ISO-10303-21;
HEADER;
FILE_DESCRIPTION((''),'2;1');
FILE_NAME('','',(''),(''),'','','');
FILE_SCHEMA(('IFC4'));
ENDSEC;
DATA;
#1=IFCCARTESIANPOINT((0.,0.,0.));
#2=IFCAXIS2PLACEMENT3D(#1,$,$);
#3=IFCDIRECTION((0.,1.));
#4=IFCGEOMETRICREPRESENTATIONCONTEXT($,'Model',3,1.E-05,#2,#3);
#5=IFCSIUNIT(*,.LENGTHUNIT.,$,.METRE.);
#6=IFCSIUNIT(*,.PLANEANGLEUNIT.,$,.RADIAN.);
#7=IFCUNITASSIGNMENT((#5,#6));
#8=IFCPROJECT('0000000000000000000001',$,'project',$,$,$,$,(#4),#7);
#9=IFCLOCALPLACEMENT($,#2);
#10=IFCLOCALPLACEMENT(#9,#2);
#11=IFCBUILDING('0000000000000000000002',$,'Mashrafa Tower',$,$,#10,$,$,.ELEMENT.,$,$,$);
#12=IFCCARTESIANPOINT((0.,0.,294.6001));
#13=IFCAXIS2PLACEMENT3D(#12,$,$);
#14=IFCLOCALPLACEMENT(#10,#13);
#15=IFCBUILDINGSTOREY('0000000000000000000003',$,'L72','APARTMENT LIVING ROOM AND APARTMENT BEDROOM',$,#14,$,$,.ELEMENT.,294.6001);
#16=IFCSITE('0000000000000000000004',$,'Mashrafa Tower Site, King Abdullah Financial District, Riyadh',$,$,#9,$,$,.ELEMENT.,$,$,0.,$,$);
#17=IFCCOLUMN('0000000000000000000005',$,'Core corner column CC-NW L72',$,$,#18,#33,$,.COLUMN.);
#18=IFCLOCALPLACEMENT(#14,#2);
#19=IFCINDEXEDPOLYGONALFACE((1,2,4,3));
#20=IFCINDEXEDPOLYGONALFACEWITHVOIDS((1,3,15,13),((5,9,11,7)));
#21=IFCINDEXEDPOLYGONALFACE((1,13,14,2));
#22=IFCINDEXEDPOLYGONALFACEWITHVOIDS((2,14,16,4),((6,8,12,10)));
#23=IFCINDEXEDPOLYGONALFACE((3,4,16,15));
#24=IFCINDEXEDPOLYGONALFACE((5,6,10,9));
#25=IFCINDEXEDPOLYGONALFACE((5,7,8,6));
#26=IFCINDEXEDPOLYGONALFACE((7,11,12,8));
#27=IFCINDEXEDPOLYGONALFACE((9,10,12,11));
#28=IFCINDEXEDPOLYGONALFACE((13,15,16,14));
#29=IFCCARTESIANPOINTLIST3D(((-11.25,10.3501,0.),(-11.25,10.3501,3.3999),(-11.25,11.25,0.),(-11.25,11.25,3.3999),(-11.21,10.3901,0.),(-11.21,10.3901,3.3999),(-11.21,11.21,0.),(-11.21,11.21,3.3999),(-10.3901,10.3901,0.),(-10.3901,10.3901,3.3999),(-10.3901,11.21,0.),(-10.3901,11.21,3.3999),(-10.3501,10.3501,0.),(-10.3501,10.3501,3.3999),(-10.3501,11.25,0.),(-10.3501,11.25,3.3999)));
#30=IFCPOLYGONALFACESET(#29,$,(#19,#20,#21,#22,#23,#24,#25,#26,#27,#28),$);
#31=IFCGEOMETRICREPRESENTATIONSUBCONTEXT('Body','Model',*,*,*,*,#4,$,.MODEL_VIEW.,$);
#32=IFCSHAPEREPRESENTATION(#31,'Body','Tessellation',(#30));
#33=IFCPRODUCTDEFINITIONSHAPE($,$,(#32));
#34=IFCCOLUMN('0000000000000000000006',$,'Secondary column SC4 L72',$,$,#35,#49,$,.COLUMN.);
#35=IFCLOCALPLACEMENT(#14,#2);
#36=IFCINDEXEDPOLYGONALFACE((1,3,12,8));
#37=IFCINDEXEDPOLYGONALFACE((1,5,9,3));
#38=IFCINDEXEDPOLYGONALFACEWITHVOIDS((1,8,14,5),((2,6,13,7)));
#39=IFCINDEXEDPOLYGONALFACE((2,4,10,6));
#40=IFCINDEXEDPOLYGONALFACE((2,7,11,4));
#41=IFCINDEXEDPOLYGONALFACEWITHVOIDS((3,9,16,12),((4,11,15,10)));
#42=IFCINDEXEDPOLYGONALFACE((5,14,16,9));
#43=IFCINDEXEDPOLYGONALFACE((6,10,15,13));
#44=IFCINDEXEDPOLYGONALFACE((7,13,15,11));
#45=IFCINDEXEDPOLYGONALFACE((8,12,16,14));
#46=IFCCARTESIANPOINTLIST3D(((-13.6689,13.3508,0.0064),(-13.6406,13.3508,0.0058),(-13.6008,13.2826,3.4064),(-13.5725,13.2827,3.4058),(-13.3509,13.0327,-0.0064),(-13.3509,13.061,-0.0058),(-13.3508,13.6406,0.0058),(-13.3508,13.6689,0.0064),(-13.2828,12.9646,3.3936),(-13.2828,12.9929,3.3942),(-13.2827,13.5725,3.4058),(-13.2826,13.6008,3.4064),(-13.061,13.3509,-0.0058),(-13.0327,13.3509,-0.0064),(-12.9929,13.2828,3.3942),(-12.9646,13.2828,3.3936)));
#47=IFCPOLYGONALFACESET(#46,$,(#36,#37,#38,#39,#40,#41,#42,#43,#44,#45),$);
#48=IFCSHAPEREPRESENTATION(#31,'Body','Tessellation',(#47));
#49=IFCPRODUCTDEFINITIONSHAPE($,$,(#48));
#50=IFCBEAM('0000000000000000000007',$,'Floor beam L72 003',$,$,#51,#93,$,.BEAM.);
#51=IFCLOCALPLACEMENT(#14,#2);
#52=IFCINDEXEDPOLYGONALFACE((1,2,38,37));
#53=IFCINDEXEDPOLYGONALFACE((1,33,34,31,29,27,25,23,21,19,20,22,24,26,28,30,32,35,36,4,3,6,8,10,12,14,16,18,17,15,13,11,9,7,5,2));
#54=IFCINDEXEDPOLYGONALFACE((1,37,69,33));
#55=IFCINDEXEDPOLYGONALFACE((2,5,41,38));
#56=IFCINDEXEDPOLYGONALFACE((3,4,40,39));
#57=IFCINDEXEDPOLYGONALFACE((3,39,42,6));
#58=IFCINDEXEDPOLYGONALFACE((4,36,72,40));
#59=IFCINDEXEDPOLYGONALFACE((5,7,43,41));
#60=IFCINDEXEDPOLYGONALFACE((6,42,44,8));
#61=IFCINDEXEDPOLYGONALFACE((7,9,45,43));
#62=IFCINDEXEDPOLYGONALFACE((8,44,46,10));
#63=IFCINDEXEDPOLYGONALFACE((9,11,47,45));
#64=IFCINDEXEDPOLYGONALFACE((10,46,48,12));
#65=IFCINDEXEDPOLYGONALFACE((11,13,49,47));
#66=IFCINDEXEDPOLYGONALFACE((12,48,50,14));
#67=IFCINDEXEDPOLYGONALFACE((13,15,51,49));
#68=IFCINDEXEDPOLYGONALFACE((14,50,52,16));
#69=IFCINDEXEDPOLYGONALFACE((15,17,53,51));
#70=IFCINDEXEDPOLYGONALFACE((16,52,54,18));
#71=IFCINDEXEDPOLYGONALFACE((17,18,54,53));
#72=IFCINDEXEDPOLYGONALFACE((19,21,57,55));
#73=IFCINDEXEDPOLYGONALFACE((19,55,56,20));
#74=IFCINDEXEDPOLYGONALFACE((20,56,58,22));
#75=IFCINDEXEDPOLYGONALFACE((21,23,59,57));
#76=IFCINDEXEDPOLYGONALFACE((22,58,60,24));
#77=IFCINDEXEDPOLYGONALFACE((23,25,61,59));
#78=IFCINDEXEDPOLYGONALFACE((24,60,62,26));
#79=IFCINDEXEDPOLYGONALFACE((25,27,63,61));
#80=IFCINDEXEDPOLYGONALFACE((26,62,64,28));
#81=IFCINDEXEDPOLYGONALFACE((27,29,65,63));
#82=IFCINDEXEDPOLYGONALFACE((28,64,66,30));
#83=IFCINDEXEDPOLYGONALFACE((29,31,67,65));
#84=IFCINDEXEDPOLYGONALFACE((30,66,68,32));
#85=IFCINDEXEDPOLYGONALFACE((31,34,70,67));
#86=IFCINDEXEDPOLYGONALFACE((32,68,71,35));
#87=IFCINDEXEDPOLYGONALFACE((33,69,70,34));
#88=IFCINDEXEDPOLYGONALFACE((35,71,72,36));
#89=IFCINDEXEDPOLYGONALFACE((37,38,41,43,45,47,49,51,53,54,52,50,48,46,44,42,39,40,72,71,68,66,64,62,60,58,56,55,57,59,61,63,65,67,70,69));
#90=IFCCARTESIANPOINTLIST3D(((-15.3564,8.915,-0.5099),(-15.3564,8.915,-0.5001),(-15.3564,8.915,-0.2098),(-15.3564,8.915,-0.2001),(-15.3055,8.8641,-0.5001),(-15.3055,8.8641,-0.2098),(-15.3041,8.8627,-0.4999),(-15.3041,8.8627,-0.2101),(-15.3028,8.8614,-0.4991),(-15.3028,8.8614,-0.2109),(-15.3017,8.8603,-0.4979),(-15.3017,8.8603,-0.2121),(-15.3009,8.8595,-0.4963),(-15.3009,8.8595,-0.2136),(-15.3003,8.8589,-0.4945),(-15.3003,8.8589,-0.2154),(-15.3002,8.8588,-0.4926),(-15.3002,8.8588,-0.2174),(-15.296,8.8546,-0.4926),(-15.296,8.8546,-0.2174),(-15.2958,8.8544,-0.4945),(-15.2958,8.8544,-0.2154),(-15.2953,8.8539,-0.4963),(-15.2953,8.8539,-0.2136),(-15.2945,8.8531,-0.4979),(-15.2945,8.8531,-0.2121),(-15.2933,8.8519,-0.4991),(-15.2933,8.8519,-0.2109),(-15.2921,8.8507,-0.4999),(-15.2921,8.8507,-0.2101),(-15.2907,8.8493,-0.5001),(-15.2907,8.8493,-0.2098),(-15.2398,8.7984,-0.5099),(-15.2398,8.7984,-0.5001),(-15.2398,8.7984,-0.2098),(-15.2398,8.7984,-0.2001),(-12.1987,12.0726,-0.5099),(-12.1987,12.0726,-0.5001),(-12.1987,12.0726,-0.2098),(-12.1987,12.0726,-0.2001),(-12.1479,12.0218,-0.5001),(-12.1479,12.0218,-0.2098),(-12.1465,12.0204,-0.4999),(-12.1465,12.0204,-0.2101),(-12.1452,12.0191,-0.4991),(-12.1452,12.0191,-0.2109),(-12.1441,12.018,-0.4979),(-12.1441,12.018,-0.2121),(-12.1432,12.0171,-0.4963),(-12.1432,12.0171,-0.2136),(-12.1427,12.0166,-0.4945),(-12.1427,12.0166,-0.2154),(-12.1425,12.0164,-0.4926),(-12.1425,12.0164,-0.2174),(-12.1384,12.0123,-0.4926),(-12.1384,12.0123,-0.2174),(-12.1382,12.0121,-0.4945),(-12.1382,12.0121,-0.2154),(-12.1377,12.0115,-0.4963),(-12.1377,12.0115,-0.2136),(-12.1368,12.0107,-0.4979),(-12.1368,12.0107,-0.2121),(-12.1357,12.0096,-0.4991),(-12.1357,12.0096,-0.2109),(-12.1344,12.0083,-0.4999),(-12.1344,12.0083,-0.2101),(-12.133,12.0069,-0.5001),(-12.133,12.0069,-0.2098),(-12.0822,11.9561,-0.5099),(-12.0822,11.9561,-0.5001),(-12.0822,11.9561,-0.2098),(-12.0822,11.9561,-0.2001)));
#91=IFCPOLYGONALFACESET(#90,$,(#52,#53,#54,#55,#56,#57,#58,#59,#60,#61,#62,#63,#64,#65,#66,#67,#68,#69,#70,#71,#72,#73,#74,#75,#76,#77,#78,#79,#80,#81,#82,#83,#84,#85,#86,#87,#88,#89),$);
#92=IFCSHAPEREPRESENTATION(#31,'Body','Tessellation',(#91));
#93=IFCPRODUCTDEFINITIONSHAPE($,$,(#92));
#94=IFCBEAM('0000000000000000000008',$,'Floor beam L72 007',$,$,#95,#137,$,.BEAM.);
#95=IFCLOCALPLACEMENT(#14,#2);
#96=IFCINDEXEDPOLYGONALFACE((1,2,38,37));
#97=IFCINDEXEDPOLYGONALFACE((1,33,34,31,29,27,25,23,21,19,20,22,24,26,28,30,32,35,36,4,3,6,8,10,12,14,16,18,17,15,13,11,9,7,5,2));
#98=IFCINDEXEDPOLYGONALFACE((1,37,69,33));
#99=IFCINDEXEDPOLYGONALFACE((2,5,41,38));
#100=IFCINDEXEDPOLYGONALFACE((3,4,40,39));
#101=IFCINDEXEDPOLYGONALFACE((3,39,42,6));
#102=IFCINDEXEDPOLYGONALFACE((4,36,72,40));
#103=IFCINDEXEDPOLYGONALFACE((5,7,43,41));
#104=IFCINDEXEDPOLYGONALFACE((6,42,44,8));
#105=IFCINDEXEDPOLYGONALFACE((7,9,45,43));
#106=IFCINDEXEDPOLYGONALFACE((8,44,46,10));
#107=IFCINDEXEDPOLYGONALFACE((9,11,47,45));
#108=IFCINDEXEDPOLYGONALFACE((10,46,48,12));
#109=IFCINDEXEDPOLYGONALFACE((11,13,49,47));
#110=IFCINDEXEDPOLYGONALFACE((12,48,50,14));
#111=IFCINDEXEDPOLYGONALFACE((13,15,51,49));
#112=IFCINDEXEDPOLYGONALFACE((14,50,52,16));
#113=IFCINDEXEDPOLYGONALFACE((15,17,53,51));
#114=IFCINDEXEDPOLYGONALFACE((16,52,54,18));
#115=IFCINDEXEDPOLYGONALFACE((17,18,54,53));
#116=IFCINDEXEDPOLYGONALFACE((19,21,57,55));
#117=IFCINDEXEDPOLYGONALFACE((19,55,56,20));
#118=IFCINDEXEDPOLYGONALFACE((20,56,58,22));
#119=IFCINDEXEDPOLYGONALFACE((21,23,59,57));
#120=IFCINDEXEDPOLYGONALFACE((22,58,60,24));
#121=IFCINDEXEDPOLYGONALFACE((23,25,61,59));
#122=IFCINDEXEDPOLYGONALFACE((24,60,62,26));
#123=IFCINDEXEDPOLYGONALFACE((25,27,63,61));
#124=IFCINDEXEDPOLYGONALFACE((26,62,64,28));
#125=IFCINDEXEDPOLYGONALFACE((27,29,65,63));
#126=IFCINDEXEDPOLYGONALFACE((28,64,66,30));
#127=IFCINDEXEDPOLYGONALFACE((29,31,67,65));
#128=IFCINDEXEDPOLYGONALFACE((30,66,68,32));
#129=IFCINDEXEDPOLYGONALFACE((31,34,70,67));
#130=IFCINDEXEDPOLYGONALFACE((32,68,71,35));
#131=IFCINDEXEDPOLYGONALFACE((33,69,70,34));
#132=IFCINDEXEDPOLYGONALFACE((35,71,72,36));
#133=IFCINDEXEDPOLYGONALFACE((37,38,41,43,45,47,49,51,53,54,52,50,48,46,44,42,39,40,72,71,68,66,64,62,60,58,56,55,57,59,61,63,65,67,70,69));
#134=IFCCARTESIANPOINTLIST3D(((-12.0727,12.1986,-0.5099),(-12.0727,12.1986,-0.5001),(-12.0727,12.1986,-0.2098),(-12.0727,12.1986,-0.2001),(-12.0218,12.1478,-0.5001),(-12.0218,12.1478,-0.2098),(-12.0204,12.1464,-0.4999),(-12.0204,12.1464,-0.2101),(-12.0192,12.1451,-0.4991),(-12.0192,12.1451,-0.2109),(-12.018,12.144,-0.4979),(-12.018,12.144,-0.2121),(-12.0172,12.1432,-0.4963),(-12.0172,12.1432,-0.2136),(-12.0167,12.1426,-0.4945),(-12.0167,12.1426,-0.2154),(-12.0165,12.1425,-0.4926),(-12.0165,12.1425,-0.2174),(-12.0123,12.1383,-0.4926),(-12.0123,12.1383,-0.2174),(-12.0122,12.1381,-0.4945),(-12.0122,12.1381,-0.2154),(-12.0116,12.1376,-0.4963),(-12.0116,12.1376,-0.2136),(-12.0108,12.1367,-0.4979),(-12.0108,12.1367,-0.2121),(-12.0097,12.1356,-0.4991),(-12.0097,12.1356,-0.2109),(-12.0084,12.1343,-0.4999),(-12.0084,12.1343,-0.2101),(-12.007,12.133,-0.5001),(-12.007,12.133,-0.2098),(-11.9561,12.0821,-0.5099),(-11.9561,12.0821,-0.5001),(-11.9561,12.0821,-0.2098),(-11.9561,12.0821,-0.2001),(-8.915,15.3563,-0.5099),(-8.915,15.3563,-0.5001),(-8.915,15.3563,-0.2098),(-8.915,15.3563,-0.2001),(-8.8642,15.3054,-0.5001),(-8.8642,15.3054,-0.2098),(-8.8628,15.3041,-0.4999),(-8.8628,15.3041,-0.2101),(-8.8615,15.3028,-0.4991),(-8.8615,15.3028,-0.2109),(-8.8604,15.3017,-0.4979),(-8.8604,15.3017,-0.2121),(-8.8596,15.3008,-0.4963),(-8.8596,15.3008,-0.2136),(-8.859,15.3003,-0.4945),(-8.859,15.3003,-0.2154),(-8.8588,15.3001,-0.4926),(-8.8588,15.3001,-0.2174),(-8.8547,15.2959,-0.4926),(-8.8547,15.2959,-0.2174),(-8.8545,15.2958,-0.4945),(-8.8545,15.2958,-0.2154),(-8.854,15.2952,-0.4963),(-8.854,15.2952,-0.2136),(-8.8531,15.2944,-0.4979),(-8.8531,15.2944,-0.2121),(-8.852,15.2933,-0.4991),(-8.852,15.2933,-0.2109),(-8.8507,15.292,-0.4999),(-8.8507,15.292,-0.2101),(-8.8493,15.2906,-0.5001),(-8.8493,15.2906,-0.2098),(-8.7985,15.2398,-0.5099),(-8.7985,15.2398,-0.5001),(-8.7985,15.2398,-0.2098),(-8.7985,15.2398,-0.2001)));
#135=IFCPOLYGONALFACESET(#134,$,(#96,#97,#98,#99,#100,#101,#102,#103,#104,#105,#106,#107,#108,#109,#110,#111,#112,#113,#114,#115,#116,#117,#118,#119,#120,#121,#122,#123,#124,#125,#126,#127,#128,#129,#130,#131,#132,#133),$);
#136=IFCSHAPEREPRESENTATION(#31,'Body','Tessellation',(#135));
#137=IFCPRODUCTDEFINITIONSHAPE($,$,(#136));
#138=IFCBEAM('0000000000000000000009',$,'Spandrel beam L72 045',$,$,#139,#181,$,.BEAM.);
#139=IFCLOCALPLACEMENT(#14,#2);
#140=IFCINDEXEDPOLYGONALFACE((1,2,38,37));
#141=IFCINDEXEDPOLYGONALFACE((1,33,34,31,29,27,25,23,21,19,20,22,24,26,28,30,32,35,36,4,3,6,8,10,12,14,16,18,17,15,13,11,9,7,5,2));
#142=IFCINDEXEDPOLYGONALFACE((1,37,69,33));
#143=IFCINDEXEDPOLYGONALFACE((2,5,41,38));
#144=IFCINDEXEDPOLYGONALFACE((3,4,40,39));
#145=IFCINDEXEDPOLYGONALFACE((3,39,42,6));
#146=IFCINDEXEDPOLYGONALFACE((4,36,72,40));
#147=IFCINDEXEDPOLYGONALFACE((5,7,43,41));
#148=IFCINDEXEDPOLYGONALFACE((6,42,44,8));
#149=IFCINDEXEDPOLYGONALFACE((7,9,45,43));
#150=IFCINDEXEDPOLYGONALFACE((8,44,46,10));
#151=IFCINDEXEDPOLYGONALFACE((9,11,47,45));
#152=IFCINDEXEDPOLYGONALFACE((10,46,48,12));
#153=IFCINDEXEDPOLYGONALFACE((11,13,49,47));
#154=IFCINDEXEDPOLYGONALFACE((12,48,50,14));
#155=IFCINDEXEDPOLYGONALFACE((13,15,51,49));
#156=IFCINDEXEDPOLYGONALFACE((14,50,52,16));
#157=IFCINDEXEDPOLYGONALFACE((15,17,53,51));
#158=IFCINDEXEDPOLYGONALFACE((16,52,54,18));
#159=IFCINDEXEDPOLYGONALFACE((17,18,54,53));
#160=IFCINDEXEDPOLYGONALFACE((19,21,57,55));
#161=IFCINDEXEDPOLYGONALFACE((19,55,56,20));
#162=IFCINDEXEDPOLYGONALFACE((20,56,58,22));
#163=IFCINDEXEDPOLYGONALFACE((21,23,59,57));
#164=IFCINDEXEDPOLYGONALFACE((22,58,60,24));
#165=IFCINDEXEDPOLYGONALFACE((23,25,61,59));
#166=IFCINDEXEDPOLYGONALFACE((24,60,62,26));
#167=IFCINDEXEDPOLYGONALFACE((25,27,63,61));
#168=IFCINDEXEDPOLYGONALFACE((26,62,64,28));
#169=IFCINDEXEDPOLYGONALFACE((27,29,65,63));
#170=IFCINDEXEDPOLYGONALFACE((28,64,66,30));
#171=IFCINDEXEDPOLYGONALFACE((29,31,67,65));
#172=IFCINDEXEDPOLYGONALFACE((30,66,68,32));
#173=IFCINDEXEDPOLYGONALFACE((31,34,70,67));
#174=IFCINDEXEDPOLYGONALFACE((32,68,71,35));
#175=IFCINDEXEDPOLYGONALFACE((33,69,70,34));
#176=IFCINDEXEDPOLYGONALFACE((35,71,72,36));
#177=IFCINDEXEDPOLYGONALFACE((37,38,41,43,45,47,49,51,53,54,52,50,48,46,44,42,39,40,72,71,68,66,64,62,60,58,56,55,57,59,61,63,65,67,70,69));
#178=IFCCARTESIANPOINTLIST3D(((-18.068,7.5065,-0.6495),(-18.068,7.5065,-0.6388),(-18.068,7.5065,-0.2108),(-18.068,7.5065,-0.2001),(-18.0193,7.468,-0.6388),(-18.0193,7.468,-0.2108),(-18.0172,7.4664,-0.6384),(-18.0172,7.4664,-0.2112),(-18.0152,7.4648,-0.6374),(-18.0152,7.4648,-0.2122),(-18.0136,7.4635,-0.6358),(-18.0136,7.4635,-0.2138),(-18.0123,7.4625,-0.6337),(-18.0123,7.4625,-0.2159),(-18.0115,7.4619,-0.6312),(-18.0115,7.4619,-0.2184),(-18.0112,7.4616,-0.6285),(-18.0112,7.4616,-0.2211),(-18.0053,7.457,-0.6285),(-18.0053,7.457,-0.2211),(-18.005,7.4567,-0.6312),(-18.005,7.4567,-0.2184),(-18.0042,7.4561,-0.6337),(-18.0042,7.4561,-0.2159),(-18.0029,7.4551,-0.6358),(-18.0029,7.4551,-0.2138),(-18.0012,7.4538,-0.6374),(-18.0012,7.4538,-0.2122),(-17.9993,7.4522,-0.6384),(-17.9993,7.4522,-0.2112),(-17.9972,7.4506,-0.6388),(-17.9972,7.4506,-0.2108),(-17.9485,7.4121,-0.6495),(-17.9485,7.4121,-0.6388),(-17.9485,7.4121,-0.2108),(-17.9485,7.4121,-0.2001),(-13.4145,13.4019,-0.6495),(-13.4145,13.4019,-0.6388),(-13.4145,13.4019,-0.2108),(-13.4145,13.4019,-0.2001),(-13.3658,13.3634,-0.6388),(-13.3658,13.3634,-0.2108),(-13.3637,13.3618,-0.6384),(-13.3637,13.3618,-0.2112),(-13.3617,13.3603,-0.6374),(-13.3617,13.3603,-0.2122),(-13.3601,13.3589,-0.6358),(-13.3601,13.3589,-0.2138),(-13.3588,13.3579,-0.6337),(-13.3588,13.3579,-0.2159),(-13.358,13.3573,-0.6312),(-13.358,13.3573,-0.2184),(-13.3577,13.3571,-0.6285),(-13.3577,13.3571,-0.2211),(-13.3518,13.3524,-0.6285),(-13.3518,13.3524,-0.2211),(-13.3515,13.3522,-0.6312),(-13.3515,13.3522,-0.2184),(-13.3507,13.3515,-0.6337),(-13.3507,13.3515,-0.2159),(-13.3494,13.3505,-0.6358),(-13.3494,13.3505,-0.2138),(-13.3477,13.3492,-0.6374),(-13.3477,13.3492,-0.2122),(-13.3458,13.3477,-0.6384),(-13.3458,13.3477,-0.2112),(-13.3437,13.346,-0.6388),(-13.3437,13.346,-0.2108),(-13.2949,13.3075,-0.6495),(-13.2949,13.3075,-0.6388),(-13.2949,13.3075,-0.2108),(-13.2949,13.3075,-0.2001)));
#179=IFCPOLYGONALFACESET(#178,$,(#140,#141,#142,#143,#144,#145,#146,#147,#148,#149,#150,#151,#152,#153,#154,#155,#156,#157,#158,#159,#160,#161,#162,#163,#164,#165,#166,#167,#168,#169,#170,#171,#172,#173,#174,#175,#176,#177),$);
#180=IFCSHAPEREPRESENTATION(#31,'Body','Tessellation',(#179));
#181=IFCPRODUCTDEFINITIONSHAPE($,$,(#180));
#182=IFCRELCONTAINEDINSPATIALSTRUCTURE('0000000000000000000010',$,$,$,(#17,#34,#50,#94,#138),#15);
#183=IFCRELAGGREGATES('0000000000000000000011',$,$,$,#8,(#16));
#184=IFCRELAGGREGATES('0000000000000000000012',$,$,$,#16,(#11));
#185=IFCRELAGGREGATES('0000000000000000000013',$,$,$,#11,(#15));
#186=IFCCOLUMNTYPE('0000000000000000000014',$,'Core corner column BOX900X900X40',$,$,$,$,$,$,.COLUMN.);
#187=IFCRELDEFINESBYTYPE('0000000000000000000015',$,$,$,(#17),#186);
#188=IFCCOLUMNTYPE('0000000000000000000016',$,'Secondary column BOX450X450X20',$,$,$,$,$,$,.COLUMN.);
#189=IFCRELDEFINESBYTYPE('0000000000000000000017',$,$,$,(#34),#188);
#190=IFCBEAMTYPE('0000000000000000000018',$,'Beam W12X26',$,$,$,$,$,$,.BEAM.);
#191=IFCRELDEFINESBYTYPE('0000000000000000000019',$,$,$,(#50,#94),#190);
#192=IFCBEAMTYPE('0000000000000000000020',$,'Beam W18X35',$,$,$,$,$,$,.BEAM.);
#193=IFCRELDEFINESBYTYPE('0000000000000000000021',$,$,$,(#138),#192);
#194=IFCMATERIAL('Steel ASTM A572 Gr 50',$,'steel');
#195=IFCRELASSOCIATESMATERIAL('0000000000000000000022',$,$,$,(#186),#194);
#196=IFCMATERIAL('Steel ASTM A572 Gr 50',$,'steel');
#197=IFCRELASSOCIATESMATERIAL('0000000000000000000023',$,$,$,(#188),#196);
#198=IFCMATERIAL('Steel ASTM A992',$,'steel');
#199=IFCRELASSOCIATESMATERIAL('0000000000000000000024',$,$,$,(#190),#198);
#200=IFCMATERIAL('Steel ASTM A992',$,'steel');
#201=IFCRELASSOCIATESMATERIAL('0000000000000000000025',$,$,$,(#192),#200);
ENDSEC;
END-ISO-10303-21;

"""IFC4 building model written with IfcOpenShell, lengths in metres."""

from ifc_helpers import new_model, si_unit, direction, frame, origin, origin_2d, place, context, subcontext, project, spatial, hollow_rectangle, i_section, extrude, material, material_profile, profile_set, type_object, element, save


model = new_model("IFC4")

# Units and contexts
model_context = context("Model", 3, precision=1e-05, world=origin(), true_north=direction((0.0, 1.0)))
body_context = subcontext(model_context, "Body", "Model", "MODEL_VIEW")
ifc_project = project(units=[si_unit("LENGTHUNIT", "METRE"), si_unit("PLANEANGLEUNIT", "RADIAN")], contexts=[model_context])

# Site, building, storey
site_placement = place(None, origin())
site = spatial("IfcSite", under=ifc_project, at=site_placement, Name="Mashrafa Tower Site, King Abdullah Financial District, Riyadh", CompositionType="ELEMENT", RefElevation=0.0)
building_placement = place(site_placement, origin())
building = spatial("IfcBuilding", under=site, at=building_placement, Name="Mashrafa Tower", CompositionType="ELEMENT")
storey_placement = place(building_placement, frame((0.0, 0.0, 294.6001)))
storey = spatial("IfcBuildingStorey", under=building, at=storey_placement, Name="L72", Description="APARTMENT LIVING ROOM AND APARTMENT BEDROOM", CompositionType="ELEMENT", Elevation=294.6001)

# Columns
ifc_material_1 = material(Name="Steel ASTM A572 Gr 50", Category="steel")
ifc_material_profile_1 = material_profile(ifc_material_1, hollow_rectangle(XDim=0.8999, YDim=0.8999, WallThickness=0.04, at=origin_2d()), Name="BOX900X900X40")
ifc_profile_set_1 = profile_set([ifc_material_profile_1], Name="Steel ASTM A572 Gr 50")
column_type_1 = type_object("IfcColumnType", Name="Core corner column BOX900X900X40", PredefinedType="COLUMN", material=ifc_profile_set_1)
column_1_placement = place(storey_placement, frame((-10.8, 10.8, 0.0), z_axis=(0.0, 0.0, 1.0), x_axis=(1.0, 0.0, 0.0)))
element("IfcColumn", 1, at=column_1_placement, inside=storey, type_object=column_type_1, Name="Core corner column CC-NW L72", PredefinedType="COLUMN", context=body_context, shape_type="SweptSolid", body=[
    extrude(hollow_rectangle(XDim=0.8999, YDim=0.8999, WallThickness=0.04, at=origin_2d()), origin(), (0.0, 0.0, 1.0), 3.3999),
])
ifc_material_2 = material(Name="Steel ASTM A572 Gr 50", Category="steel")
ifc_material_profile_2 = material_profile(ifc_material_2, hollow_rectangle(XDim=0.45, YDim=0.45, WallThickness=0.02, at=origin_2d()), Name="BOX450X450X20")
ifc_profile_set_2 = profile_set([ifc_material_profile_2], Name="Steel ASTM A572 Gr 50")
column_type_2 = type_object("IfcColumnType", Name="Secondary column BOX450X450X20", PredefinedType="COLUMN", material=ifc_profile_set_2)
column_2_placement = place(storey_placement, frame((-13.3508, 13.3508, 0.0), z_axis=(0.020026, -0.020026, 0.999599), x_axis=(0.707107, 0.707107, 0.0)))
element("IfcColumn", 2, at=column_2_placement, inside=storey, type_object=column_type_2, Name="Secondary column SC4 L72", PredefinedType="COLUMN", context=body_context, shape_type="SweptSolid", body=[
    extrude(hollow_rectangle(XDim=0.45, YDim=0.45, WallThickness=0.02, at=origin_2d()), origin(), (0.0, 0.0, 1.0), 3.4014),
])

# Beams
ifc_material_3 = material(Name="Steel ASTM A992", Category="steel")
ifc_material_profile_3 = material_profile(ifc_material_3, i_section(OverallWidth=0.1648, OverallDepth=0.3098, WebThickness=0.0059, FlangeThickness=0.0098, FilletRadius=0.0076, at=origin_2d()), Name="W12X26")
ifc_profile_set_3 = profile_set([ifc_material_profile_3], Name="Steel ASTM A992")
beam_type_1 = type_object("IfcBeamType", Name="Beam W12X26", PredefinedType="BEAM", material=ifc_profile_set_3)
for number, where, z_axis, x_axis, name in (
    (3, (-15.2981, 8.8567, -0.355), (0.707107, 0.707107, 0.0), (-0.707107, 0.707107, 0.0), "Floor beam L72 003"),
    (4, (-12.0144, 12.1404, -0.355), (0.707107, 0.707107, 0.0), (-0.707107, 0.707107, 0.0), "Floor beam L72 007"),
):
    element("IfcBeam", number, at=place(storey_placement, frame(where, z_axis=z_axis, x_axis=x_axis)), inside=storey, type_object=beam_type_1, Name=name, PredefinedType="BEAM", context=body_context, shape_type="SweptSolid", body=[
        extrude(i_section(OverallWidth=0.1648, OverallDepth=0.3098, WebThickness=0.0059, FlangeThickness=0.0098, FilletRadius=0.0076, at=origin_2d()), origin(), (0.0, 0.0, 1.0), 4.4656),
    ])
ifc_material_4 = material(Name="Steel ASTM A992", Category="steel")
ifc_material_profile_4 = material_profile(ifc_material_4, i_section(OverallWidth=0.1523, OverallDepth=0.4495, WebThickness=0.0076, FlangeThickness=0.0107, FilletRadius=0.0103, at=origin_2d()), Name="W18X35")
ifc_profile_set_4 = profile_set([ifc_material_profile_4], Name="Steel ASTM A992")
beam_type_2 = type_object("IfcBeamType", Name="Beam W18X35", PredefinedType="BEAM", material=ifc_profile_set_4)
beam_1_placement = place(storey_placement, frame((-13.3547, 13.3547, -0.4248), z_axis=(-0.61958, -0.784934, 0.0), x_axis=(0.784934, -0.61958, 0.0)))
element("IfcBeam", 5, at=beam_1_placement, inside=storey, type_object=beam_type_2, Name="Spandrel beam L72 045", PredefinedType="BEAM", context=body_context, shape_type="SweptSolid", body=[
    extrude(i_section(OverallWidth=0.1523, OverallDepth=0.4495, WebThickness=0.0076, FlangeThickness=0.0107, FilletRadius=0.0103, at=origin_2d()), origin(), (0.0, 0.0, 1.0), 7.5107),
])

save(model, "model.ifc")
